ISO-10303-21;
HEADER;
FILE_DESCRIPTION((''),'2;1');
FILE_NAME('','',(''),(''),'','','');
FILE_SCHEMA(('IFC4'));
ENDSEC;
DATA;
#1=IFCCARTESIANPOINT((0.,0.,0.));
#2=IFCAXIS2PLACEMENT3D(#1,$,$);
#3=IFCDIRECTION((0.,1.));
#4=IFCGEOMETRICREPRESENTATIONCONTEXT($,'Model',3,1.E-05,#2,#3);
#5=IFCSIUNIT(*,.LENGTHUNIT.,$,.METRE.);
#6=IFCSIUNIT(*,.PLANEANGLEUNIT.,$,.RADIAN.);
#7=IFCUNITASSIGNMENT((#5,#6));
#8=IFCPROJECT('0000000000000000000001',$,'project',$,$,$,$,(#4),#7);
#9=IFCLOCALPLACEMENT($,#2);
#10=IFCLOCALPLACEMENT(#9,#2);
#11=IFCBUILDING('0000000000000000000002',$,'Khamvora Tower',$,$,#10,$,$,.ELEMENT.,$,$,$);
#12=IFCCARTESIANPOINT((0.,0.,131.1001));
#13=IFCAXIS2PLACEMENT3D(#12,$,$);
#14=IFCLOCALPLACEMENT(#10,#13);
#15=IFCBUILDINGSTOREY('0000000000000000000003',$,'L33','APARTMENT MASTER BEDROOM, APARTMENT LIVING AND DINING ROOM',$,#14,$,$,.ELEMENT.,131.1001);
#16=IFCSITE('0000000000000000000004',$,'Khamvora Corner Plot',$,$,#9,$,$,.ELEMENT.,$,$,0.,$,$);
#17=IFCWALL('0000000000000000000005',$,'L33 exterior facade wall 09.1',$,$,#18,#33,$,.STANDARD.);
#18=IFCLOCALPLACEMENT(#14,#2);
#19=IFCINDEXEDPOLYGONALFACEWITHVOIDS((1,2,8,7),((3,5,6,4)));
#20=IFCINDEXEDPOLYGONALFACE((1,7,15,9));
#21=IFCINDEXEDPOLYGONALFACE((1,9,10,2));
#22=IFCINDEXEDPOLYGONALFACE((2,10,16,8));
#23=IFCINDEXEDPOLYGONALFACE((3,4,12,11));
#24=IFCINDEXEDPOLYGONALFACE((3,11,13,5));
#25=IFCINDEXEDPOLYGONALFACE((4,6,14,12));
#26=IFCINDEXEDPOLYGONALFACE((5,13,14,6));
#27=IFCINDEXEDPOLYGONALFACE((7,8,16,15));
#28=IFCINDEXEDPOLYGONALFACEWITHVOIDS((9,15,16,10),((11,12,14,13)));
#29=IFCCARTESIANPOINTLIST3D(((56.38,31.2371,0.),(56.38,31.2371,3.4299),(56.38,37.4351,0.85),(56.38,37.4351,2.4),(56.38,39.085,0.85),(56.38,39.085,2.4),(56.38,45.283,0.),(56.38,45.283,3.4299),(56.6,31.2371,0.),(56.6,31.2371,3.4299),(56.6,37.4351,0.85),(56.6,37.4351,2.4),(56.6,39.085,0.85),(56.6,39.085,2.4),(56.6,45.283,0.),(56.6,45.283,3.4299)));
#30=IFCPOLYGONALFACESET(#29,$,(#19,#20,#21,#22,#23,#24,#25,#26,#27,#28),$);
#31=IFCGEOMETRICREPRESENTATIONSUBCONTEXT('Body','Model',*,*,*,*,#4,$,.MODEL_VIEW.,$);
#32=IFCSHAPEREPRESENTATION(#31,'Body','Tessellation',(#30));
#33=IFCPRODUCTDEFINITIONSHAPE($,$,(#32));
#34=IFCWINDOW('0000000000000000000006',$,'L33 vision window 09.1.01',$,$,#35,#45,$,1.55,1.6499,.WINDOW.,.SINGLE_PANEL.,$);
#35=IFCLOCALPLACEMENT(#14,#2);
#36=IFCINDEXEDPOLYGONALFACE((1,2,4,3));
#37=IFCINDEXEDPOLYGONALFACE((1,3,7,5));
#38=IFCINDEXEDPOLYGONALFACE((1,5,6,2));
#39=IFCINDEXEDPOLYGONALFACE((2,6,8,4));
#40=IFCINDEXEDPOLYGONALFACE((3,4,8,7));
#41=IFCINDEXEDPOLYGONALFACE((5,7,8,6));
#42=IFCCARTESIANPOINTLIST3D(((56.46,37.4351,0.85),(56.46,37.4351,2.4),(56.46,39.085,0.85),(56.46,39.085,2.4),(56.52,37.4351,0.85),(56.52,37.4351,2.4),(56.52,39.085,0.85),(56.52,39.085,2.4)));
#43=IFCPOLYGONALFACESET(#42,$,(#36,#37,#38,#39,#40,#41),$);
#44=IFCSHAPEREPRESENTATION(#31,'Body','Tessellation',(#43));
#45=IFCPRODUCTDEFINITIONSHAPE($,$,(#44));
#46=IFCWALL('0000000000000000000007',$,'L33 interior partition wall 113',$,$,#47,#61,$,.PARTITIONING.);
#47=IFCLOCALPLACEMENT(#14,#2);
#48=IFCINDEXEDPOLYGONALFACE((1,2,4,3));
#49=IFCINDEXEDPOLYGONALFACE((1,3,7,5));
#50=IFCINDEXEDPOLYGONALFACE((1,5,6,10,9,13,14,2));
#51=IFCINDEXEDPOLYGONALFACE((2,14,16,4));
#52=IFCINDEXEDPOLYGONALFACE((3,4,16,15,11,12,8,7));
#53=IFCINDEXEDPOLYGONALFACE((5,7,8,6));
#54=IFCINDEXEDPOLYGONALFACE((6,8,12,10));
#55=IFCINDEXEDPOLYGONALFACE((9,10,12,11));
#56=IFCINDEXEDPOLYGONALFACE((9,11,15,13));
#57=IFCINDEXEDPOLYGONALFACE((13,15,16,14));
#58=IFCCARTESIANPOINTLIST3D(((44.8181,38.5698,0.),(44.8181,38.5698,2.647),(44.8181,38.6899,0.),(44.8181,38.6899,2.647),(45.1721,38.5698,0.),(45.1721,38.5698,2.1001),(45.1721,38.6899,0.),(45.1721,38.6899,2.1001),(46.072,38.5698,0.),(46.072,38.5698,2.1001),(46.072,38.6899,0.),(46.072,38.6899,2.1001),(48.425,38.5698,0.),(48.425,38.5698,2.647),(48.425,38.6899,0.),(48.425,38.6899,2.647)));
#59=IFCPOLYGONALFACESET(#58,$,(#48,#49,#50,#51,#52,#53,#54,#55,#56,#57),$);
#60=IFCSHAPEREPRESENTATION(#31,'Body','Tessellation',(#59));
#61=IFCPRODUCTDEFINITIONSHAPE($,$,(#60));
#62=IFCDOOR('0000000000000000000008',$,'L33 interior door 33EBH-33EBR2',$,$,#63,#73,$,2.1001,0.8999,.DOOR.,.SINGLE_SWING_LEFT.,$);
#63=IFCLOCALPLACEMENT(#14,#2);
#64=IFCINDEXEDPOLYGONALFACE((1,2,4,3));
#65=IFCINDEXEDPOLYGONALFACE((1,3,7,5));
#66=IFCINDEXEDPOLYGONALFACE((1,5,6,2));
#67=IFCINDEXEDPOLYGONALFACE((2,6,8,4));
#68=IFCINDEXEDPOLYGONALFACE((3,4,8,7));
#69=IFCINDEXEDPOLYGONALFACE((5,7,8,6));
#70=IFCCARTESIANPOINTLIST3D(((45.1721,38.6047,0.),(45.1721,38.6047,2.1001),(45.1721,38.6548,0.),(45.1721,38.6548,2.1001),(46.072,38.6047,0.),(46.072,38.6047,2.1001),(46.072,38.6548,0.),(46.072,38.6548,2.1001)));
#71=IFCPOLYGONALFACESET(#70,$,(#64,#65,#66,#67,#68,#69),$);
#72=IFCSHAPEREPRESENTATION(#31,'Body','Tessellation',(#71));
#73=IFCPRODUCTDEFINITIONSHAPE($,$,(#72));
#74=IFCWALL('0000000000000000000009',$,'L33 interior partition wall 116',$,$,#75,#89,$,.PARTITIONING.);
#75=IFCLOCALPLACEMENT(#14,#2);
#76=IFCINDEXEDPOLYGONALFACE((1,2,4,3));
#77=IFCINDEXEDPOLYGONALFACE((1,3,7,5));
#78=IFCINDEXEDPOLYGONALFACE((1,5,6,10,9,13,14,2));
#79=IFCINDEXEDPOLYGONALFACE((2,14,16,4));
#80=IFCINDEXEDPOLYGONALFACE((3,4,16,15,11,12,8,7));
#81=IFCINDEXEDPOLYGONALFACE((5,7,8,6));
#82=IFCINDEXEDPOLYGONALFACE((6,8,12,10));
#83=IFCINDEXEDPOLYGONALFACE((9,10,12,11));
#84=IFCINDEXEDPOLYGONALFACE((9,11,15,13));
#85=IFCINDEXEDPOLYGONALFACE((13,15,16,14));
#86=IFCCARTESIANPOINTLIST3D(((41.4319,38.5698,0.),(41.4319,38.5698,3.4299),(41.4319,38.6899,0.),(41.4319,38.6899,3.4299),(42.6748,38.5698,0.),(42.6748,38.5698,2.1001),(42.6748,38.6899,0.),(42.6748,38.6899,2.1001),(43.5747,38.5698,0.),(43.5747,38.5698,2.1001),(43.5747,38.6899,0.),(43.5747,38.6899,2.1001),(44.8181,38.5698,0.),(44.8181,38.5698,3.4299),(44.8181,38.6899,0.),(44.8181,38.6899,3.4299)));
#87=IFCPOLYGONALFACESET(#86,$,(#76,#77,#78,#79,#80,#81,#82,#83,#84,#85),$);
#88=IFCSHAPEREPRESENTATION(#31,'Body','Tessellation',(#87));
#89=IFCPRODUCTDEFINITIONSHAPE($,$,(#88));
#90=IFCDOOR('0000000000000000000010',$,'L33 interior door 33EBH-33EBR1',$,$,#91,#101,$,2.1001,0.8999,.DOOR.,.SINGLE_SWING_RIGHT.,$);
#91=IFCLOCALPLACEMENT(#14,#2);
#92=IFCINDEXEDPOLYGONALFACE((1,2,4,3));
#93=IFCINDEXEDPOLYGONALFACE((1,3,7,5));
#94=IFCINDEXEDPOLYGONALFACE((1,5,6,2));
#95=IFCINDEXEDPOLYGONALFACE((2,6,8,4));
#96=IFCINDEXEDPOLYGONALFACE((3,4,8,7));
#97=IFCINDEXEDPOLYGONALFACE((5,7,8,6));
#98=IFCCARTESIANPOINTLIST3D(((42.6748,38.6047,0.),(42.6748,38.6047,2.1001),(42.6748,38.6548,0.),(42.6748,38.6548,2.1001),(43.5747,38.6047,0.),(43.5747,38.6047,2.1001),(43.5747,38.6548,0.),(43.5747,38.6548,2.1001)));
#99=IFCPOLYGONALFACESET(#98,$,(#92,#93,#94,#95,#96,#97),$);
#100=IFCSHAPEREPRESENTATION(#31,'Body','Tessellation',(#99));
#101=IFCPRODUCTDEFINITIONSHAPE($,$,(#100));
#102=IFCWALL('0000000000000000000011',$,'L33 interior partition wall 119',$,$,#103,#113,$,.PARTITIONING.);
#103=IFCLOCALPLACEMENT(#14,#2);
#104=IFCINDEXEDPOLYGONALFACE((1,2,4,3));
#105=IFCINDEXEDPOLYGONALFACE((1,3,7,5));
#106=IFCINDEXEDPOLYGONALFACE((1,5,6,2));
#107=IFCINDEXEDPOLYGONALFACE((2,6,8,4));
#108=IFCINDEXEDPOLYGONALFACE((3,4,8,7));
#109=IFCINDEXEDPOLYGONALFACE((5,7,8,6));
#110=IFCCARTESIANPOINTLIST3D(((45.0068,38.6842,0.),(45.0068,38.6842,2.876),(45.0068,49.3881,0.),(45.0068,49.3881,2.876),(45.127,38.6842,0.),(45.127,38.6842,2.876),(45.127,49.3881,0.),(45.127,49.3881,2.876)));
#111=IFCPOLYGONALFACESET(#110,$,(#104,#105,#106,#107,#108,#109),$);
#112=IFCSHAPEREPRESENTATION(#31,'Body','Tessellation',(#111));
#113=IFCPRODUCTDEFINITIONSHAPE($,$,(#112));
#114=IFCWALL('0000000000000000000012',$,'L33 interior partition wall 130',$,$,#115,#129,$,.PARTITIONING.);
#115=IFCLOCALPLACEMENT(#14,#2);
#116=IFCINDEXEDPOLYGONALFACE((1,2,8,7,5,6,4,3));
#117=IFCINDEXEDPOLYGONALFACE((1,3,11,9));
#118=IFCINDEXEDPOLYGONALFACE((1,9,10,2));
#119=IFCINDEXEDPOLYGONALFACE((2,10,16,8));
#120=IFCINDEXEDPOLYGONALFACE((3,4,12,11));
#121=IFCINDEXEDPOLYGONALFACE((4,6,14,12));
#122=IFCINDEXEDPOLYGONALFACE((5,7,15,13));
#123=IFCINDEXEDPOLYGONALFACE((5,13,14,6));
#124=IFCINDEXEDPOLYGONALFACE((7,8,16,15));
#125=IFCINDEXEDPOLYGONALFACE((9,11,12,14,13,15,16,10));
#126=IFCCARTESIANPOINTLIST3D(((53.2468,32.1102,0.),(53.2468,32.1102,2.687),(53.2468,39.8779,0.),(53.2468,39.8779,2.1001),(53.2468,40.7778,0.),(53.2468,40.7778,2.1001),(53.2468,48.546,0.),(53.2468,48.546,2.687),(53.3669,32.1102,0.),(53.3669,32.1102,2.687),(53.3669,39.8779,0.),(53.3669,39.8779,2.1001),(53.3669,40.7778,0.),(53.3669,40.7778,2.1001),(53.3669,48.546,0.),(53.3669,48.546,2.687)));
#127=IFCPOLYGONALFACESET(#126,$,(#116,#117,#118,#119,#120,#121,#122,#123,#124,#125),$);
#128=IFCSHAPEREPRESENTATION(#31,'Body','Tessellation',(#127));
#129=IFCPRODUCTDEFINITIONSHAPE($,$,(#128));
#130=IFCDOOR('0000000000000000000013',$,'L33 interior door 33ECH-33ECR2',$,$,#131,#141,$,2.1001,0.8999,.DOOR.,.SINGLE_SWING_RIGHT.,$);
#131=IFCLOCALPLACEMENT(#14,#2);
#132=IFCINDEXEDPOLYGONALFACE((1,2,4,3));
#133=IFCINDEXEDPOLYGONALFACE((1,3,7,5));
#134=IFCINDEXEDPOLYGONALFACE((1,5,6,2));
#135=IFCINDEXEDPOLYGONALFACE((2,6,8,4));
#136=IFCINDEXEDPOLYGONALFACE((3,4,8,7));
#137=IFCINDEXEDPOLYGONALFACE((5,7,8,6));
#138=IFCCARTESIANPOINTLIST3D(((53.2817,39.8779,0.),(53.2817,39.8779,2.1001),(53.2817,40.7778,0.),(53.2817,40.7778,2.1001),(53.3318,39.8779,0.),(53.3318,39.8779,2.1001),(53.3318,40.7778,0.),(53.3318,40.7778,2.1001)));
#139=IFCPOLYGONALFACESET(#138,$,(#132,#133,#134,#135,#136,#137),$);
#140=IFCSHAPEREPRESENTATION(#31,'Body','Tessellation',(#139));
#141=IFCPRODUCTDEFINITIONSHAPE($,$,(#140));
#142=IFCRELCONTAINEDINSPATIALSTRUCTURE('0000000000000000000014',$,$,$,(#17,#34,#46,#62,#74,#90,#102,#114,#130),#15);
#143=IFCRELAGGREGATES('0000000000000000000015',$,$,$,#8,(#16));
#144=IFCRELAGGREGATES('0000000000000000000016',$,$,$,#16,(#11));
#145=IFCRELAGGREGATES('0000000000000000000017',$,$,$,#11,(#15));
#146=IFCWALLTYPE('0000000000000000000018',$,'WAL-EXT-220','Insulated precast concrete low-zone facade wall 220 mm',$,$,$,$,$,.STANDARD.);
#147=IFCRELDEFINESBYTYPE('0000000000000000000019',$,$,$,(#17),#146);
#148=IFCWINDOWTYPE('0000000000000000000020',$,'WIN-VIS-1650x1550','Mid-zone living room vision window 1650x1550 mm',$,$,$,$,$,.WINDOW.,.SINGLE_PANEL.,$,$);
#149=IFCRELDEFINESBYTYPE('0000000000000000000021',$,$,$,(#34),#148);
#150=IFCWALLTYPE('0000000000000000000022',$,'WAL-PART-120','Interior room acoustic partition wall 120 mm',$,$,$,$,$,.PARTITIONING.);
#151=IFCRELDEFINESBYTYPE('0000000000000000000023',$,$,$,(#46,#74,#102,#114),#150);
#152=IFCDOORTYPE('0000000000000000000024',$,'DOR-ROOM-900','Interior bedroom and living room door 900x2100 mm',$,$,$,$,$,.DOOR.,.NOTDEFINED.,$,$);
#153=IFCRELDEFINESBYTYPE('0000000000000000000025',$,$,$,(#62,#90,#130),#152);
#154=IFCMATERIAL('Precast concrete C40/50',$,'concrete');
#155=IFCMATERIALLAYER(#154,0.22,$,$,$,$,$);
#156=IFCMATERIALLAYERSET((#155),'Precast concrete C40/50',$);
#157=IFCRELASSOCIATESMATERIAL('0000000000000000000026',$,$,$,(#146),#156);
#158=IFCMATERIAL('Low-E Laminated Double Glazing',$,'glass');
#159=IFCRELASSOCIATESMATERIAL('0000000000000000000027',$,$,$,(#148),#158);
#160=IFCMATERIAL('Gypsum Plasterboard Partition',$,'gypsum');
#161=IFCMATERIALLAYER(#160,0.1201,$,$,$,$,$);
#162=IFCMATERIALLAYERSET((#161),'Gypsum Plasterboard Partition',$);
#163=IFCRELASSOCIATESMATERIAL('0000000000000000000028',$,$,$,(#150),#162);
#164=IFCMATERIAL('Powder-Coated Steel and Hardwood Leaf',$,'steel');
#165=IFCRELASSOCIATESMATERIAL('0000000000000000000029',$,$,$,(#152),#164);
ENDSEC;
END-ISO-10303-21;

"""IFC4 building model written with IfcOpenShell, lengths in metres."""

from ifc_helpers import new_model, si_unit, direction, frame, frame_2d, origin, place, context, subcontext, project, spatial, rectangle, extrude, material, layer, layer_set, type_object, element, fill, save


model = new_model("IFC4")

# Units and contexts
model_context = context("Model", 3, precision=1e-05, world=origin(), true_north=direction((0.0, 1.0)))
body_context = subcontext(model_context, "Body", "Model", "MODEL_VIEW")
ifc_project = project(units=[si_unit("LENGTHUNIT", "METRE"), si_unit("PLANEANGLEUNIT", "RADIAN")], contexts=[model_context])

# Site, building, storey
site_placement = place(None, origin())
site = spatial("IfcSite", under=ifc_project, at=site_placement, Name="Khamvora Corner Plot", CompositionType="ELEMENT", RefElevation=0.0)
building_placement = place(site_placement, origin())
building = spatial("IfcBuilding", under=site, at=building_placement, Name="Khamvora Tower", CompositionType="ELEMENT")
storey_placement = place(building_placement, frame((0.0, 0.0, 131.1001)))
storey = spatial("IfcBuildingStorey", under=building, at=storey_placement, Name="L33", Description="APARTMENT MASTER BEDROOM, APARTMENT LIVING AND DINING ROOM", CompositionType="ELEMENT", Elevation=131.1001)

# Shared definitions
ifc_material_1 = material(Name="Powder-Coated Steel and Hardwood Leaf", Category="steel")

# Shared definitions
ifc_material_2 = material(Name="Precast concrete C40/50", Category="concrete")
ifc_layer_1 = layer(ifc_material_2, 0.22)
ifc_layer_set_1 = layer_set([ifc_layer_1], Name="Precast concrete C40/50")
wall_type_1 = type_object("IfcWallType", Name="WAL-EXT-220", Description="Insulated precast concrete low-zone facade wall 220 mm", PredefinedType="STANDARD", material=ifc_layer_set_1)

# Wall, opening, window
wall_1_placement = place(storey_placement, frame((56.49, 45.283, 0.0), z_axis=(0.0, 0.0, 1.0), x_axis=(0.0, -1.0, 0.0)))
wall_1 = element("IfcWall", 1, at=wall_1_placement, inside=storey, type_object=wall_type_1, Name="L33 exterior facade wall 09.1", PredefinedType="STANDARD", context=body_context, shape_type="SweptSolid", body=[
    extrude(rectangle(XDim=14.0459, YDim=0.22, at=frame_2d((7.0229, 0.0))), origin(), (0.0, 0.0, 1.0), 3.4299),
])
opening_1_placement = place(wall_1_placement, frame((6.198, 0.0, 0.8501)))
opening_1 = element("IfcOpeningElement", 2, at=opening_1_placement, cuts=wall_1, PredefinedType="OPENING", context=body_context, shape_type="SweptSolid", body=[
    extrude(rectangle(XDim=1.6499, YDim=1.55, at=frame_2d((0.825, 0.7749))), frame((0.0, 0.1199, 0.0), z_axis=(0.0, -1.0, 0.0), x_axis=(1.0, 0.0, 0.0)), (0.0, 0.0, 1.0), 0.24),
])
ifc_material_3 = material(Name="Low-E Laminated Double Glazing", Category="glass")
window_type = type_object("IfcWindowType", Name="WIN-VIS-1650x1550", Description="Mid-zone living room vision window 1650x1550 mm", PartitioningType="SINGLE_PANEL", PredefinedType="WINDOW", material=ifc_material_3)
window_placement = place(opening_1_placement, origin())
window = element("IfcWindow", 3, at=window_placement, inside=storey, type_object=window_type, Name="L33 vision window 09.1.01", OverallHeight=1.55, OverallWidth=1.6499, PartitioningType="SINGLE_PANEL", PredefinedType="WINDOW", context=body_context, shape_type="SweptSolid", body=[
    extrude(rectangle(XDim=1.6499, YDim=1.55, at=frame_2d((0.825, 0.7749))), frame((0.0, 0.03, 0.0), z_axis=(0.0, -1.0, 0.0), x_axis=(1.0, 0.0, 0.0)), (0.0, 0.0, 1.0), 0.0601),
])
fill(opening_1, window)

# Walls, openings, doors
ifc_material_4 = material(Name="Gypsum Plasterboard Partition", Category="gypsum")
ifc_layer_2 = layer(ifc_material_4, 0.1201)
ifc_layer_set_2 = layer_set([ifc_layer_2], Name="Gypsum Plasterboard Partition")
wall_type_2 = type_object("IfcWallType", Name="WAL-PART-120", Description="Interior room acoustic partition wall 120 mm", PredefinedType="PARTITIONING", material=ifc_layer_set_2)
wall_2_placement = place(storey_placement, frame((44.8181, 38.6299, 0.0), z_axis=(0.0, 0.0, 1.0), x_axis=(1.0, 0.0, 0.0)))
wall_2 = element("IfcWall", 4, at=wall_2_placement, inside=storey, type_object=wall_type_2, Name="L33 interior partition wall 113", PredefinedType="PARTITIONING", context=body_context, shape_type="SweptSolid", body=[
    extrude(rectangle(XDim=3.6069, YDim=0.1201, at=frame_2d((1.8035, 0.0))), origin(), (0.0, 0.0, 1.0), 2.647),
])
opening_2_placement = place(wall_2_placement, frame((0.354, 0.0, 0.0)))
opening_2 = element("IfcOpeningElement", 5, at=opening_2_placement, cuts=wall_2, PredefinedType="OPENING", context=body_context, shape_type="SweptSolid", body=[
    extrude(rectangle(XDim=0.8999, YDim=2.1001, at=frame_2d((0.45, 1.05))), frame((0.0, 0.0701, 0.0), z_axis=(0.0, -1.0, 0.0), x_axis=(1.0, 0.0, 0.0)), (0.0, 0.0, 1.0), 0.1401),
])
door_type_1 = type_object("IfcDoorType", Name="DOR-ROOM-900", Description="Interior bedroom and living room door 900x2100 mm", OperationType="NOTDEFINED", PredefinedType="DOOR", material=ifc_material_1)
door_1_placement = place(opening_2_placement, origin())
door_1 = element("IfcDoor", 6, at=door_1_placement, inside=storey, type_object=door_type_1, Name="L33 interior door 33EBH-33EBR2", OperationType="SINGLE_SWING_LEFT", OverallHeight=2.1001, OverallWidth=0.8999, PredefinedType="DOOR", context=body_context, shape_type="SweptSolid", body=[
    extrude(rectangle(XDim=0.8999, YDim=2.1001, at=frame_2d((0.45, 1.05))), frame((0.0, 0.0249, 0.0), z_axis=(0.0, -1.0, 0.0), x_axis=(1.0, 0.0, 0.0)), (0.0, 0.0, 1.0), 0.05),
])
fill(opening_2, door_1)
wall_3_placement = place(storey_placement, frame((41.4319, 38.6299, 0.0), z_axis=(0.0, 0.0, 1.0), x_axis=(1.0, 0.0, 0.0)))
wall_3 = element("IfcWall", 7, at=wall_3_placement, inside=storey, type_object=wall_type_2, Name="L33 interior partition wall 116", PredefinedType="PARTITIONING", context=body_context, shape_type="SweptSolid", body=[
    extrude(rectangle(XDim=3.3862, YDim=0.1201, at=frame_2d((1.6931, 0.0))), origin(), (0.0, 0.0, 1.0), 3.4299),
])
opening_3_placement = place(wall_3_placement, frame((1.2429, 0.0, 0.0)))
opening_3 = element("IfcOpeningElement", 8, at=opening_3_placement, cuts=wall_3, PredefinedType="OPENING", context=body_context, shape_type="SweptSolid", body=[
    extrude(rectangle(XDim=0.8999, YDim=2.1001, at=frame_2d((0.45, 1.05))), frame((0.0, 0.0701, 0.0), z_axis=(0.0, -1.0, 0.0), x_axis=(1.0, 0.0, 0.0)), (0.0, 0.0, 1.0), 0.1401),
])
door_2_placement = place(opening_3_placement, origin())
door_2 = element("IfcDoor", 9, at=door_2_placement, inside=storey, type_object=door_type_1, Name="L33 interior door 33EBH-33EBR1", OperationType="SINGLE_SWING_RIGHT", OverallHeight=2.1001, OverallWidth=0.8999, PredefinedType="DOOR", context=body_context, shape_type="SweptSolid", body=[
    extrude(rectangle(XDim=0.8999, YDim=2.1001, at=frame_2d((0.45, 1.05))), frame((0.0, 0.0249, 0.0), z_axis=(0.0, -1.0, 0.0), x_axis=(1.0, 0.0, 0.0)), (0.0, 0.0, 1.0), 0.05),
])
fill(opening_3, door_2)

# Wall
wall_4_placement = place(storey_placement, frame((45.0669, 38.6841, 0.0), z_axis=(0.0, 0.0, 1.0), x_axis=(0.0, 1.0, 0.0)))
element("IfcWall", 10, at=wall_4_placement, inside=storey, type_object=wall_type_2, Name="L33 interior partition wall 119", PredefinedType="PARTITIONING", context=body_context, shape_type="SweptSolid", body=[
    extrude(rectangle(XDim=10.7039, YDim=0.1201, at=frame_2d((5.3521, 0.0))), origin(), (0.0, 0.0, 1.0), 2.876),
])

# Wall, opening, door
wall_5_placement = place(storey_placement, frame((53.3069, 48.5459, 0.0), z_axis=(0.0, 0.0, 1.0), x_axis=(0.0, -1.0, 0.0)))
wall_5 = element("IfcWall", 11, at=wall_5_placement, inside=storey, type_object=wall_type_2, Name="L33 interior partition wall 130", PredefinedType="PARTITIONING", context=body_context, shape_type="SweptSolid", body=[
    extrude(rectangle(XDim=16.4358, YDim=0.1201, at=frame_2d((8.2178, 0.0))), origin(), (0.0, 0.0, 1.0), 2.687),
])
opening_4_placement = place(wall_5_placement, frame((7.7681, 0.0, 0.0)))
opening_4 = element("IfcOpeningElement", 12, at=opening_4_placement, cuts=wall_5, PredefinedType="OPENING", context=body_context, shape_type="SweptSolid", body=[
    extrude(rectangle(XDim=0.8999, YDim=2.1001, at=frame_2d((0.45, 1.05))), frame((0.0, 0.0701, 0.0), z_axis=(0.0, -1.0, 0.0), x_axis=(1.0, 0.0, 0.0)), (0.0, 0.0, 1.0), 0.1401),
])
door_3_placement = place(opening_4_placement, origin())
door_3 = element("IfcDoor", 13, at=door_3_placement, inside=storey, type_object=door_type_1, Name="L33 interior door 33ECH-33ECR2", OperationType="SINGLE_SWING_RIGHT", OverallHeight=2.1001, OverallWidth=0.8999, PredefinedType="DOOR", context=body_context, shape_type="SweptSolid", body=[
    extrude(rectangle(XDim=0.8999, YDim=2.1001, at=frame_2d((0.45, 1.05))), frame((0.0, 0.0249, 0.0), z_axis=(0.0, -1.0, 0.0), x_axis=(1.0, 0.0, 0.0)), (0.0, 0.0, 1.0), 0.05),
])
fill(opening_4, door_3)

save(model, "model.ifc")
